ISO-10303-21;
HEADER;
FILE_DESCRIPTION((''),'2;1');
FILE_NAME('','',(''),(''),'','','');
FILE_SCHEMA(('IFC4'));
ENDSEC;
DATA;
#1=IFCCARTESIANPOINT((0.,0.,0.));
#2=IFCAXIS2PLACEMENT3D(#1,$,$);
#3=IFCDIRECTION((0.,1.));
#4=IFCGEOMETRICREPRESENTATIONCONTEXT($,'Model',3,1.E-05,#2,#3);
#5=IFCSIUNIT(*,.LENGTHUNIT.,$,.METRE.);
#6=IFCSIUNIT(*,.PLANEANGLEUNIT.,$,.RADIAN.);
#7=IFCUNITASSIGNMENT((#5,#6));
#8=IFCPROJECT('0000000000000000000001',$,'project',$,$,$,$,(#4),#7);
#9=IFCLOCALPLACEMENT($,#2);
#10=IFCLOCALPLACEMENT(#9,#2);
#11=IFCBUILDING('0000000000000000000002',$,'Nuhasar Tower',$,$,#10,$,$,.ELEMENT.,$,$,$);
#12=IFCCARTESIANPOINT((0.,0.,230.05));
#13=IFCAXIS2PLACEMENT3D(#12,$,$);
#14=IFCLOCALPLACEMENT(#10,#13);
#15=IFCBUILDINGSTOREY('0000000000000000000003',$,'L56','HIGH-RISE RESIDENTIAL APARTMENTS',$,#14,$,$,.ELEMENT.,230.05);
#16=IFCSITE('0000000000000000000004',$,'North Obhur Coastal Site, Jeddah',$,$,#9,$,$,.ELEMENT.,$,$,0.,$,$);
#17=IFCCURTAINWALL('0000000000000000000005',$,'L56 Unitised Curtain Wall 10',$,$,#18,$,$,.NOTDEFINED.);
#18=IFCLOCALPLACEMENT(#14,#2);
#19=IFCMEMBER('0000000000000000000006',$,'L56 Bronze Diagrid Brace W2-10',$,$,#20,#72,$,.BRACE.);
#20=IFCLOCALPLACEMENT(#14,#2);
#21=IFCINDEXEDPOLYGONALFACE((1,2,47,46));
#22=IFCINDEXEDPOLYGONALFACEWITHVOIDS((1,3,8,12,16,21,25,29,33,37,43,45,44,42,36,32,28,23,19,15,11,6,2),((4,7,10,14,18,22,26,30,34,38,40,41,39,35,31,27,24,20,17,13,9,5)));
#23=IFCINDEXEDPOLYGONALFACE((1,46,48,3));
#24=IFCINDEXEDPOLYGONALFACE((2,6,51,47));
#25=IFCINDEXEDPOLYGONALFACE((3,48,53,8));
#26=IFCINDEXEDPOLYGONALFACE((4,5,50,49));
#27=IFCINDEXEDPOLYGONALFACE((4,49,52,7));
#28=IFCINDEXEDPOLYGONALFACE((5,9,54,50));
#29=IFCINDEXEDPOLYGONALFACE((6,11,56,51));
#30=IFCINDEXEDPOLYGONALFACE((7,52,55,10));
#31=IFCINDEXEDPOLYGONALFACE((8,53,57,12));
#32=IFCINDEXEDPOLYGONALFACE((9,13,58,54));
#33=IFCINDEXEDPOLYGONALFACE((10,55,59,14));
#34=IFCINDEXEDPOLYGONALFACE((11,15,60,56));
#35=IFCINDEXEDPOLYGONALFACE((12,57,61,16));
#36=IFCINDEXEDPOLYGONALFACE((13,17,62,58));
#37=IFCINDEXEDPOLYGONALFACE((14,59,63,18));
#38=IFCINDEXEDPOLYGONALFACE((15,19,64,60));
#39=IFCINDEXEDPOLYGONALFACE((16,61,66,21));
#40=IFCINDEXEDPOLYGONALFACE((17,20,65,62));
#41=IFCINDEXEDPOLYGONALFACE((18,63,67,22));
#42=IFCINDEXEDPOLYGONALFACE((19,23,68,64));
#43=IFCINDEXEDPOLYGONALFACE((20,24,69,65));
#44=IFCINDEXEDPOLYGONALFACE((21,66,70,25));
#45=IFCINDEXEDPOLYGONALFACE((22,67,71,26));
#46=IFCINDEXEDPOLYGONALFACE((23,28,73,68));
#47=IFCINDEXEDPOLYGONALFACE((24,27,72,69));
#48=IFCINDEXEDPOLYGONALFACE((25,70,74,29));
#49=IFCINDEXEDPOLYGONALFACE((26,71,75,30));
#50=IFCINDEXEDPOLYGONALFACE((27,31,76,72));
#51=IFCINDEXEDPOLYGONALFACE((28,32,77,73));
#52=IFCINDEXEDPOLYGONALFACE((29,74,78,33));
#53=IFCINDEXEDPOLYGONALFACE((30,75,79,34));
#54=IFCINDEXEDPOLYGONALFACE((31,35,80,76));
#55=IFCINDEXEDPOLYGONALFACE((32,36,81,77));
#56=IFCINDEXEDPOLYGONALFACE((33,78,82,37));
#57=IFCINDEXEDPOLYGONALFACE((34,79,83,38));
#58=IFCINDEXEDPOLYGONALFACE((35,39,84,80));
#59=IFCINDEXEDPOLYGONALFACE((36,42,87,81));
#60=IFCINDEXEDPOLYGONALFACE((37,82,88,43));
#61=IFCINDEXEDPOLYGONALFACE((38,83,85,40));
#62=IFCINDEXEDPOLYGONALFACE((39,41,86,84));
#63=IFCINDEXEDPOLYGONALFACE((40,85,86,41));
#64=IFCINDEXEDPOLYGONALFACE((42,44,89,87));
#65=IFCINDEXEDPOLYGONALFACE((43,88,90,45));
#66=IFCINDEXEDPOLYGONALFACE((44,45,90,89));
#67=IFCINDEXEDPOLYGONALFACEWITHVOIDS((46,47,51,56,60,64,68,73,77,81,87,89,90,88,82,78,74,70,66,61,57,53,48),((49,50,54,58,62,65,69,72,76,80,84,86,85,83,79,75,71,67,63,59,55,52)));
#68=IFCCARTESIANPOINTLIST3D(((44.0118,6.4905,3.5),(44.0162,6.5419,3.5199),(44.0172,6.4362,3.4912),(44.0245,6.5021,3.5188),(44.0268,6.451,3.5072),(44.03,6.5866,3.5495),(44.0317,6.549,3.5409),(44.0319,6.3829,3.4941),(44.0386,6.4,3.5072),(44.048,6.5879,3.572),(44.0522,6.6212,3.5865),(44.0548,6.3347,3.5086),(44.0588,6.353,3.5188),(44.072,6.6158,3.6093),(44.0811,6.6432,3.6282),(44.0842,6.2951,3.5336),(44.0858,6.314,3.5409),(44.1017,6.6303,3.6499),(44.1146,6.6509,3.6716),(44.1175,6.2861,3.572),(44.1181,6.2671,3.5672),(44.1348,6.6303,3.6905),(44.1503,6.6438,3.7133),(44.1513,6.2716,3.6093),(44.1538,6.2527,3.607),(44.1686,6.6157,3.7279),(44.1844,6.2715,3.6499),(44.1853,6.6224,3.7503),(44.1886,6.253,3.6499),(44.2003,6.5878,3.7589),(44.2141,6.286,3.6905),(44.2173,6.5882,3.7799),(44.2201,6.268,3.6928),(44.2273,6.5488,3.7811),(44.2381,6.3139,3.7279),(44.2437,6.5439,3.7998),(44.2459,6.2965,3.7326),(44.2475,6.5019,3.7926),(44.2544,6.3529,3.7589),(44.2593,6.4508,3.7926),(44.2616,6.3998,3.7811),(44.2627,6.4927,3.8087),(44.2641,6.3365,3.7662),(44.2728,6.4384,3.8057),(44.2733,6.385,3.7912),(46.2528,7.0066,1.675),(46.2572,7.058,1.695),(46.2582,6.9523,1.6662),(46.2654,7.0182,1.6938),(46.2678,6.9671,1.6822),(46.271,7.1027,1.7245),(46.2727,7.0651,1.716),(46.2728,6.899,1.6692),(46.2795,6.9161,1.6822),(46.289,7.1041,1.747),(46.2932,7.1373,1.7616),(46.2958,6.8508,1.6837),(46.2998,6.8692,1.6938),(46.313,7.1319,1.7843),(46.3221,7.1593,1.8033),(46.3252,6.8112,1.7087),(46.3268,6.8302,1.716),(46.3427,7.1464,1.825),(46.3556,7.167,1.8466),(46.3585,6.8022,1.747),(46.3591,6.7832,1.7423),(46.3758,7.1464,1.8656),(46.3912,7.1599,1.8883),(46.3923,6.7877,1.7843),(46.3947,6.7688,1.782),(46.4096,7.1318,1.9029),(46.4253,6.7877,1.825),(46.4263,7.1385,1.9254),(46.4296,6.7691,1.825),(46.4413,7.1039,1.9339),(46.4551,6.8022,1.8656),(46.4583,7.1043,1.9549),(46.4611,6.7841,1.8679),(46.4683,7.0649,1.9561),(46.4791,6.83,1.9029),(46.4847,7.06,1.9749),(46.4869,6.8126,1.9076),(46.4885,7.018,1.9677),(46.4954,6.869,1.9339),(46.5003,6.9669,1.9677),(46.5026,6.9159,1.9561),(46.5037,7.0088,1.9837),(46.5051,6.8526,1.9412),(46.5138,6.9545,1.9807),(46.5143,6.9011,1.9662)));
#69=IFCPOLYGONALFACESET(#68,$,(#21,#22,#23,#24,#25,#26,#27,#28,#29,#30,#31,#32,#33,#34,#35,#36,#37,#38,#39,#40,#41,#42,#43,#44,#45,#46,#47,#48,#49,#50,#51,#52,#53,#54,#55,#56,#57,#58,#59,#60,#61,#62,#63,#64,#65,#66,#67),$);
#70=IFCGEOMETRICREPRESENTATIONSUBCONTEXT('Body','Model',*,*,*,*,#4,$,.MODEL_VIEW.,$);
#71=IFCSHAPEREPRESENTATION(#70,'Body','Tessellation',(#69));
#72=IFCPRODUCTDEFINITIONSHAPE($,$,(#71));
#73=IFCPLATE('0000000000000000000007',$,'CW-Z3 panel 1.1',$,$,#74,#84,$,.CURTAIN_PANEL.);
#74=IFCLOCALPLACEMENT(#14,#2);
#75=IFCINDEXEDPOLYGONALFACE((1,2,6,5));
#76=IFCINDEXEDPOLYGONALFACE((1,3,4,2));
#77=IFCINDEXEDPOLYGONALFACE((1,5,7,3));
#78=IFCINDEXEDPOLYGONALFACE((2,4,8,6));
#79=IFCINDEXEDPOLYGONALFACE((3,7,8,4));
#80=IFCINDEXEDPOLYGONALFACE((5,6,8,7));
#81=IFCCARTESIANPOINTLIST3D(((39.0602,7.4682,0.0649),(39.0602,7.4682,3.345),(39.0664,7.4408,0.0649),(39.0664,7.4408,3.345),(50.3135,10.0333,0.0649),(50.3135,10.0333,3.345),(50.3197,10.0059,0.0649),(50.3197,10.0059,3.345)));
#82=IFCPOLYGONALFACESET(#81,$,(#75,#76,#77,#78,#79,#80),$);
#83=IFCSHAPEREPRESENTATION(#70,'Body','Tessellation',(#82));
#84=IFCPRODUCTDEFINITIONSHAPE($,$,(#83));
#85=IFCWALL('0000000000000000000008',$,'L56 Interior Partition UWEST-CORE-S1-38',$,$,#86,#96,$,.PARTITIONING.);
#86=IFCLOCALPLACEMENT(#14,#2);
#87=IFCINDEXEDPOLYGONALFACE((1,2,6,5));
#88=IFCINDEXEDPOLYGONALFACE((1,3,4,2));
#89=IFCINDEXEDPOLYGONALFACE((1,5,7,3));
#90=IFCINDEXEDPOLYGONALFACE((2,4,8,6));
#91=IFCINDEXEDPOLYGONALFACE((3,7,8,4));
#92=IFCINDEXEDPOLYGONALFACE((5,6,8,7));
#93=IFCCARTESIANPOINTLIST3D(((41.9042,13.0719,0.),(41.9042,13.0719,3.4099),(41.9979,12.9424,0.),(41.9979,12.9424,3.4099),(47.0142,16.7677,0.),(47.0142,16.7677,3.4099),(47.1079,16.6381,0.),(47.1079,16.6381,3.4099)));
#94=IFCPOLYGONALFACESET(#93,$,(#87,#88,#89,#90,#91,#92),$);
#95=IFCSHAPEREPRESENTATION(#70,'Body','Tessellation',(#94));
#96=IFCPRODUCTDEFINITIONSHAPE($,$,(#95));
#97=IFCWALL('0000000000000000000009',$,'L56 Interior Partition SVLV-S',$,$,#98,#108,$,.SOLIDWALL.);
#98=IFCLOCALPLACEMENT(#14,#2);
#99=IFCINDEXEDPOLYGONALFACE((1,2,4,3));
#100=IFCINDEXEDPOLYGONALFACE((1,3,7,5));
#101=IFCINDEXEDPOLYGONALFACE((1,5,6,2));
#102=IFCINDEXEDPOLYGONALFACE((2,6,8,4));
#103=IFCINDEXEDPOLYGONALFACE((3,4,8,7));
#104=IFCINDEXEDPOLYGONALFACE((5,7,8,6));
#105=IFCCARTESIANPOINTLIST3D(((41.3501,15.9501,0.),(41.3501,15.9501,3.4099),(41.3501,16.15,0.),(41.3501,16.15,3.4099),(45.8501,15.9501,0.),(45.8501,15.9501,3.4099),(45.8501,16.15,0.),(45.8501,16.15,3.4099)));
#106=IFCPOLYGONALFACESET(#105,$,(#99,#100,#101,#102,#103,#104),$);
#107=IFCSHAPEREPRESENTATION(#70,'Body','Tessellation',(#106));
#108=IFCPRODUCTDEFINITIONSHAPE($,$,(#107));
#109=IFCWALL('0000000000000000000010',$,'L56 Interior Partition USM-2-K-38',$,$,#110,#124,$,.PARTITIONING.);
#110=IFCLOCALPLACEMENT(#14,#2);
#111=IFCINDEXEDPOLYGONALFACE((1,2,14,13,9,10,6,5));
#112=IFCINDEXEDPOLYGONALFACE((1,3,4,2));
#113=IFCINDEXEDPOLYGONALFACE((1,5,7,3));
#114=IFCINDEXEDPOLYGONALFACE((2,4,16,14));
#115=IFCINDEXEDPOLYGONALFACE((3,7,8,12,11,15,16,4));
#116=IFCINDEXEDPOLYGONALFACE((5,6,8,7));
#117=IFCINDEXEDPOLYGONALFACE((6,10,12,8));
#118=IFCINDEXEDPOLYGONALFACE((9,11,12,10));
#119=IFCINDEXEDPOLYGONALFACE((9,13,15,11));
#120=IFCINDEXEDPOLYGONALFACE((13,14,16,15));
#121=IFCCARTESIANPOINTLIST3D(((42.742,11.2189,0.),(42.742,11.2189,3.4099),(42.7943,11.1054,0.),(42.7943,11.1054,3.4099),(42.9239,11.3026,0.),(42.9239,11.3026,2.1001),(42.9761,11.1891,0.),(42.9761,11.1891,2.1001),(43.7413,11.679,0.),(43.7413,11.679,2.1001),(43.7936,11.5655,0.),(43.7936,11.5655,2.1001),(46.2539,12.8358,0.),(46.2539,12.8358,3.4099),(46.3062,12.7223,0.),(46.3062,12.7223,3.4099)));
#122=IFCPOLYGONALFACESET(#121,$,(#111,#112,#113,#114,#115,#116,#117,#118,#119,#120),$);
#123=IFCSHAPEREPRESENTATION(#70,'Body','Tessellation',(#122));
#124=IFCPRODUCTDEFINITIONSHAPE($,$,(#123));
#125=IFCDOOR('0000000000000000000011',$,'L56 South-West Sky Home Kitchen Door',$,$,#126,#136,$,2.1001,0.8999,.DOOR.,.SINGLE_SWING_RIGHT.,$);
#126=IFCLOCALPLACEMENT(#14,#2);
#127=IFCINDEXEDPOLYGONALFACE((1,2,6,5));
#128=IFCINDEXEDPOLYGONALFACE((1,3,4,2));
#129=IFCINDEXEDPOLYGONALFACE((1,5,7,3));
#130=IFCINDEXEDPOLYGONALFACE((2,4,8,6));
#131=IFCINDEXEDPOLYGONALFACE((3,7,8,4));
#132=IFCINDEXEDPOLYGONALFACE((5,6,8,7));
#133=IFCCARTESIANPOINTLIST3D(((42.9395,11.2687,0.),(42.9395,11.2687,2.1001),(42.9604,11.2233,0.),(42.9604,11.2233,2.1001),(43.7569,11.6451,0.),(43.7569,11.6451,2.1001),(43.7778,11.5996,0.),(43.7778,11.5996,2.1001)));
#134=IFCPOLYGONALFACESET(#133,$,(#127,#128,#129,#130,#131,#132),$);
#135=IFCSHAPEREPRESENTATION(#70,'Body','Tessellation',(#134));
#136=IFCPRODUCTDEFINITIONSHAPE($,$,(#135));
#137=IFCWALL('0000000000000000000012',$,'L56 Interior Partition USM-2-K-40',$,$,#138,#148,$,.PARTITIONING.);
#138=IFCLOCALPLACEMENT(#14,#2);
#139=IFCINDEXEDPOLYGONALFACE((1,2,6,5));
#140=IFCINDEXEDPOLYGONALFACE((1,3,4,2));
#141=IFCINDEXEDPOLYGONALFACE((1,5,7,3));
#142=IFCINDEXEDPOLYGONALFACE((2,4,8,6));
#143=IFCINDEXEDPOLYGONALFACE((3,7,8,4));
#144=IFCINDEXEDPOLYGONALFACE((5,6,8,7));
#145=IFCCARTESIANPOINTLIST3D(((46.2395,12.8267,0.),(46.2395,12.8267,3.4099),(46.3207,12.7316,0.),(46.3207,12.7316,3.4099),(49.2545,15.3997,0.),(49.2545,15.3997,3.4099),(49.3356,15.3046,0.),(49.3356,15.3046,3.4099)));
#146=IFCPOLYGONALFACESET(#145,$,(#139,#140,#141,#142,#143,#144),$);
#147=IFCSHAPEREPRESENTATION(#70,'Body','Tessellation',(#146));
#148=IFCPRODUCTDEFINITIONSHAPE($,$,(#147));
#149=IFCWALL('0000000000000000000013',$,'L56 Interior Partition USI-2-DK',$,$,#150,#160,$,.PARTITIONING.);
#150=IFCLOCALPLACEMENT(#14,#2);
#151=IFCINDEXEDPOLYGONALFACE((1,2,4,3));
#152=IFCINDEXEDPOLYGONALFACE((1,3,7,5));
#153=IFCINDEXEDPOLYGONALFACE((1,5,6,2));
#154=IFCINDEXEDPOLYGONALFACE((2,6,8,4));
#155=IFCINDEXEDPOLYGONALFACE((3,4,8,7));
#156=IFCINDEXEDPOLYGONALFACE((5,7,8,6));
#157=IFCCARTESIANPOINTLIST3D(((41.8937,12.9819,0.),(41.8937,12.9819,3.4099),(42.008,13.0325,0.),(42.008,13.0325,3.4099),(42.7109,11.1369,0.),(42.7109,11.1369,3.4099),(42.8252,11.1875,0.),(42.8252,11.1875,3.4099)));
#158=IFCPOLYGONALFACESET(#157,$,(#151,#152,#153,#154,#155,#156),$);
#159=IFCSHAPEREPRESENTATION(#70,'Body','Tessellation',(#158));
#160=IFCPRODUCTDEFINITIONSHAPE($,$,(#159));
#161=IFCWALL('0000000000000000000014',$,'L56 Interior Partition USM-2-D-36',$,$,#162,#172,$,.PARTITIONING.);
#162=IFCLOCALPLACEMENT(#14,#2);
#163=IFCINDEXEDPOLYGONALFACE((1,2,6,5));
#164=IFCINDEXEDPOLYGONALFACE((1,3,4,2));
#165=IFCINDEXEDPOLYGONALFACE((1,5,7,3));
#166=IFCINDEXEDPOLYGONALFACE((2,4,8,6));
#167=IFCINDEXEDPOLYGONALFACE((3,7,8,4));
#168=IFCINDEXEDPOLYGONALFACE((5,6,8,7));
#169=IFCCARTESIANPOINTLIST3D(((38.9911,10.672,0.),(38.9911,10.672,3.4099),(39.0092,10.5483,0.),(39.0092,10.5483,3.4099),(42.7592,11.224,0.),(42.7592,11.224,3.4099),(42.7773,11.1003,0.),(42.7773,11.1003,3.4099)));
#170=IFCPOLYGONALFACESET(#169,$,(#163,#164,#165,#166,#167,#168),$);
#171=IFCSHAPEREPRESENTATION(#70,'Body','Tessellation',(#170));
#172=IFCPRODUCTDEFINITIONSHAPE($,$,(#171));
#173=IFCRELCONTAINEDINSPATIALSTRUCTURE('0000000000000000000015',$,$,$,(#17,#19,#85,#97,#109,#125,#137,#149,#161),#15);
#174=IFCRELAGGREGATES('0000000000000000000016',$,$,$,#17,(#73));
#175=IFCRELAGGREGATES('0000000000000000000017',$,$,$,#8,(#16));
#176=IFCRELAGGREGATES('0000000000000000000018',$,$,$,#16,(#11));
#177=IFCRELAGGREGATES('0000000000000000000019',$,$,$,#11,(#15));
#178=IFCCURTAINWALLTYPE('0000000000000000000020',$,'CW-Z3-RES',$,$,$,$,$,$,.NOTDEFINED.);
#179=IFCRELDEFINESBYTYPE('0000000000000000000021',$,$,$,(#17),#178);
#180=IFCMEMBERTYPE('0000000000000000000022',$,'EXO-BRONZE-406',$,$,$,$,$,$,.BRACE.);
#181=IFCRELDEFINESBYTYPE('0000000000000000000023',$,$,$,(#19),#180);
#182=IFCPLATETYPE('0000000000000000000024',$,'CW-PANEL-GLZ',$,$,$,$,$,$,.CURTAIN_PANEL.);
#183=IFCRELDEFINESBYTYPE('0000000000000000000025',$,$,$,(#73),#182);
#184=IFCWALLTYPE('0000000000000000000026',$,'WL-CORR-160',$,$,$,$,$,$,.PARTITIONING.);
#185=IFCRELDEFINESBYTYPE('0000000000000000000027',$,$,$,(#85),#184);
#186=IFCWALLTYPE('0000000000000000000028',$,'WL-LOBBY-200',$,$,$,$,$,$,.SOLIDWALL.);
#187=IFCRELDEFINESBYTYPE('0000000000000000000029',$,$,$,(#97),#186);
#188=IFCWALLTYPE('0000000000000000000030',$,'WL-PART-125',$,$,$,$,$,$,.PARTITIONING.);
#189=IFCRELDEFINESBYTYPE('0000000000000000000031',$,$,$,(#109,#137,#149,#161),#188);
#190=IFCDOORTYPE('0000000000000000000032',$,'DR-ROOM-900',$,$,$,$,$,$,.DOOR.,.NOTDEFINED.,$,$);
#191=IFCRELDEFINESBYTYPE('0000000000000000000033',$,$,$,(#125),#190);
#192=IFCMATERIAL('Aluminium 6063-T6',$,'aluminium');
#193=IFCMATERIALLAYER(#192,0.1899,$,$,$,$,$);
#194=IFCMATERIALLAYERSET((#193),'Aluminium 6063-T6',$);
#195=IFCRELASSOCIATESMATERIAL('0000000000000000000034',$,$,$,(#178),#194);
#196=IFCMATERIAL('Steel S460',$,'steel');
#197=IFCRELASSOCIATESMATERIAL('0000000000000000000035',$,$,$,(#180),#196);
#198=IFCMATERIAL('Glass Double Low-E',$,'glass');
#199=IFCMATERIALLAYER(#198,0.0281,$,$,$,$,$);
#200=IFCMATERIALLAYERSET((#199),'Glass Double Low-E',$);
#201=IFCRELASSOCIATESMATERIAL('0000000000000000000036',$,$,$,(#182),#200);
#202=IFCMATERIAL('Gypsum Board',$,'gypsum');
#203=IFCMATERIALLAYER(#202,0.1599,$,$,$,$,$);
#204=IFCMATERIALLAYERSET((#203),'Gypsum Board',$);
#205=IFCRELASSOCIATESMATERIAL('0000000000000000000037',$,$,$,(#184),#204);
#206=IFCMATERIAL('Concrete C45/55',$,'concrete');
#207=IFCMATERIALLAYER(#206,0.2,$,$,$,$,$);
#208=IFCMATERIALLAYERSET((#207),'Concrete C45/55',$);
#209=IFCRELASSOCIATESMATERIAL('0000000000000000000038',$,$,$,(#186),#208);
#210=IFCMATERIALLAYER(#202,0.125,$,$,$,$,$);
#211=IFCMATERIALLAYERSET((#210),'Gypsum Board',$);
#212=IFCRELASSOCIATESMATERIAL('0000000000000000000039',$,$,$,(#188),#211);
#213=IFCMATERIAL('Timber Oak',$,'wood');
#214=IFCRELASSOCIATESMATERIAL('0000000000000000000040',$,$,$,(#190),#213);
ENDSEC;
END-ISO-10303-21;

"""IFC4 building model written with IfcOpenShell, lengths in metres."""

from ifc_helpers import new_model, si_unit, direction, frame, frame_2d, origin, origin_2d, place, context, subcontext, project, spatial, rectangle, hollow_circle, extrude, material, layer, layer_set, material_profile, profile_set, type_object, element, fill, aggregate, save


model = new_model("IFC4")

# Units and contexts
model_context = context("Model", 3, precision=1e-05, world=origin(), true_north=direction((0.0, 1.0)))
body_context = subcontext(model_context, "Body", "Model", "MODEL_VIEW")
ifc_project = project(units=[si_unit("LENGTHUNIT", "METRE"), si_unit("PLANEANGLEUNIT", "RADIAN")], contexts=[model_context])

# Site, building, storey
site_placement = place(None, origin())
site = spatial("IfcSite", under=ifc_project, at=site_placement, Name="North Obhur Coastal Site, Jeddah", CompositionType="ELEMENT", RefElevation=0.0)
building_placement = place(site_placement, origin())
building = spatial("IfcBuilding", under=site, at=building_placement, Name="Nuhasar Tower", CompositionType="ELEMENT")
storey_placement = place(building_placement, frame((0.0, 0.0, 230.05)))
storey = spatial("IfcBuildingStorey", under=building, at=storey_placement, Name="L56", Description="HIGH-RISE RESIDENTIAL APARTMENTS", CompositionType="ELEMENT", Elevation=230.05)

# Curtain wall
ifc_material_1 = material(Name="Aluminium 6063-T6", Category="aluminium")
ifc_layer_1 = layer(ifc_material_1, 0.1899)
ifc_layer_set_1 = layer_set([ifc_layer_1], Name="Aluminium 6063-T6")
curtain_wall_type = type_object("IfcCurtainWallType", Name="CW-Z3-RES", PredefinedType="NOTDEFINED", material=ifc_layer_set_1)
curtain_wall_placement = place(storey_placement, origin())
curtain_wall = element("IfcCurtainWall", 1, at=curtain_wall_placement, inside=storey, type_object=curtain_wall_type, Name="L56 Unitised Curtain Wall 10", PredefinedType="NOTDEFINED")

# Member
ifc_material_2 = material(Name="Steel S460", Category="steel")
ifc_material_profile_1 = material_profile(ifc_material_2, hollow_circle(Radius=0.2031, WallThickness=0.019, at=origin_2d()), Name="HSS406.4X19.1")
ifc_profile_set_1 = profile_set([ifc_material_profile_1], Name="Steel S460")
member_type_1 = type_object("IfcMemberType", Name="EXO-BRONZE-406", PredefinedType="BRACE", material=ifc_profile_set_1)
for number, where, z_axis, x_axis, name in (
    (2, (46.384, 6.967, 1.825), (-0.763332, -0.175802, 0.621626), (0.224433, -0.97449, 0.0), "L56 Bronze Diagrid Brace W2-10"),
):
    element("IfcMember", number, at=place(storey_placement, frame(where, z_axis=z_axis, x_axis=x_axis)), inside=storey, type_object=member_type_1, Name=name, PredefinedType="BRACE", context=body_context, shape_type="SweptSolid", body=[
        extrude(hollow_circle(Radius=0.2031, WallThickness=0.019, at=origin_2d()), origin(), (0.0, 0.0, 1.0), 2.9358),
    ])

# Plate
ifc_material_3 = material(Name="Glass Double Low-E", Category="glass")
ifc_layer_2 = layer(ifc_material_3, 0.0281)
ifc_layer_set_2 = layer_set([ifc_layer_2], Name="Glass Double Low-E")
plate_type = type_object("IfcPlateType", Name="CW-PANEL-GLZ", PredefinedType="CURTAIN_PANEL", material=ifc_layer_set_2)
plate_placement = place(storey_placement, frame((44.6899, 8.7371, 0.0649), z_axis=(0.0, 0.0, 1.0), x_axis=(0.974991, 0.222243, 0.0)))
plate = element("IfcPlate", 3, at=plate_placement, type_object=plate_type, Name="CW-Z3 panel 1.1", PredefinedType="CURTAIN_PANEL", context=body_context, shape_type="SweptSolid", body=[
    extrude(rectangle(XDim=11.542, YDim=0.0281, at=origin_2d()), origin(), (0.0, 0.0, 1.0), 3.28),
])
aggregate(curtain_wall, [plate])

# Wall
ifc_material_4 = material(Name="Gypsum Board", Category="gypsum")
ifc_layer_3 = layer(ifc_material_4, 0.1599)
ifc_layer_set_3 = layer_set([ifc_layer_3], Name="Gypsum Board")
wall_type_1 = type_object("IfcWallType", Name="WL-CORR-160", PredefinedType="PARTITIONING", material=ifc_layer_set_3)
wall_1_placement = place(storey_placement, frame((41.9509, 13.0071, 0.0), z_axis=(0.0, 0.0, 1.0), x_axis=(0.81029, 0.586029, 0.0)))
element("IfcWall", 4, at=wall_1_placement, inside=storey, type_object=wall_type_1, Name="L56 Interior Partition UWEST-CORE-S1-38", PredefinedType="PARTITIONING", context=body_context, shape_type="SweptSolid", body=[
    extrude(rectangle(XDim=6.3064, YDim=0.1599, at=frame_2d((3.1533, 0.0))), origin(), (0.0, 0.0, 1.0), 3.4099),
])

# Shared definitions
ifc_material_5 = material(Name="Concrete C45/55", Category="concrete")
ifc_layer_4 = layer(ifc_material_5, 0.2)
ifc_layer_set_4 = layer_set([ifc_layer_4], Name="Concrete C45/55")
wall_type_2 = type_object("IfcWallType", Name="WL-LOBBY-200", PredefinedType="SOLIDWALL", material=ifc_layer_set_4)

# Wall
wall_2_placement = place(storey_placement, frame((41.3501, 16.05, 0.0), z_axis=(0.0, 0.0, 1.0), x_axis=(1.0, 0.0, 0.0)))
element("IfcWall", 5, at=wall_2_placement, inside=storey, type_object=wall_type_2, Name="L56 Interior Partition SVLV-S", PredefinedType="SOLIDWALL", context=body_context, shape_type="SweptSolid", body=[
    extrude(rectangle(XDim=4.5, YDim=0.2, at=frame_2d((2.25, 0.0))), origin(), (0.0, 0.0, 1.0), 3.4099),
])

# Wall, opening, door
ifc_layer_5 = layer(ifc_material_4, 0.125)
ifc_layer_set_5 = layer_set([ifc_layer_5], Name="Gypsum Board")
wall_type_3 = type_object("IfcWallType", Name="WL-PART-125", PredefinedType="PARTITIONING", material=ifc_layer_set_5)
wall_3_placement = place(storey_placement, frame((46.28, 12.7791, 0.0), z_axis=(0.0, 0.0, 1.0), x_axis=(-0.908349, -0.418213, 0.0)))
wall_3 = element("IfcWall", 6, at=wall_3_placement, inside=storey, type_object=wall_type_3, Name="L56 Interior Partition USM-2-K-38", PredefinedType="PARTITIONING", context=body_context, shape_type="SweptSolid", body=[
    extrude(rectangle(XDim=3.8662, YDim=0.125, at=frame_2d((1.9331, 0.0))), origin(), (0.0, 0.0, 1.0), 3.4099),
])
opening_1_placement = place(wall_3_placement, frame((2.7661, 0.0, 0.0)))
opening_1 = element("IfcOpeningElement", 7, at=opening_1_placement, cuts=wall_3, PredefinedType="OPENING", context=body_context, shape_type="SweptSolid", body=[
    extrude(rectangle(XDim=0.8999, YDim=2.1001, at=frame_2d((0.45, 1.05))), frame((0.0, 0.0725, 0.0), z_axis=(0.0, -1.0, 0.0), x_axis=(1.0, 0.0, 0.0)), (0.0, 0.0, 1.0), 0.145),
])
ifc_material_6 = material(Name="Timber Oak", Category="wood")
door_type_1 = type_object("IfcDoorType", Name="DR-ROOM-900", OperationType="NOTDEFINED", PredefinedType="DOOR", material=ifc_material_6)
door_1_placement = place(opening_1_placement, origin())
door_1 = element("IfcDoor", 8, at=door_1_placement, inside=storey, type_object=door_type_1, Name="L56 South-West Sky Home Kitchen Door", OperationType="SINGLE_SWING_RIGHT", OverallHeight=2.1001, OverallWidth=0.8999, PredefinedType="DOOR", context=body_context, shape_type="SweptSolid", body=[
    extrude(rectangle(XDim=0.8999, YDim=2.1001, at=frame_2d((0.45, 1.05))), frame((0.0, 0.0249, 0.0), z_axis=(0.0, -1.0, 0.0), x_axis=(1.0, 0.0, 0.0)), (0.0, 0.0, 1.0), 0.05),
])
fill(opening_1, door_1)

# Walls
wall_4_placement = place(storey_placement, frame((46.28, 12.7791, 0.0), z_axis=(0.0, 0.0, 1.0), x_axis=(0.760651, 0.649162, 0.0)))
element("IfcWall", 9, at=wall_4_placement, inside=storey, type_object=wall_type_3, Name="L56 Interior Partition USM-2-K-40", PredefinedType="PARTITIONING", context=body_context, shape_type="SweptSolid", body=[
    extrude(rectangle(XDim=3.9636, YDim=0.125, at=frame_2d((1.9819, 0.0))), origin(), (0.0, 0.0, 1.0), 3.4099),
])
wall_5_placement = place(storey_placement, frame((41.9509, 13.0071, 0.0), z_axis=(0.0, 0.0, 1.0), x_axis=(0.404959, -0.914335, 0.0)))
element("IfcWall", 10, at=wall_5_placement, inside=storey, type_object=wall_type_3, Name="L56 Interior Partition USI-2-DK", PredefinedType="PARTITIONING", context=body_context, shape_type="SweptSolid", body=[
    extrude(rectangle(XDim=2.0178, YDim=0.125, at=frame_2d((1.0088, 0.0))), origin(), (0.0, 0.0, 1.0), 3.4099),
])
wall_6_placement = place(storey_placement, frame((39.0, 10.6101, 0.0), z_axis=(0.0, 0.0, 1.0), x_axis=(0.989439, 0.144948, 0.0)))
element("IfcWall", 11, at=wall_6_placement, inside=storey, type_object=wall_type_3, Name="L56 Interior Partition USM-2-D-36", PredefinedType="PARTITIONING", context=body_context, shape_type="SweptSolid", body=[
    extrude(rectangle(XDim=3.8083, YDim=0.125, at=frame_2d((1.9043, 0.0))), origin(), (0.0, 0.0, 1.0), 3.4099),
])

save(model, "model.ifc")
